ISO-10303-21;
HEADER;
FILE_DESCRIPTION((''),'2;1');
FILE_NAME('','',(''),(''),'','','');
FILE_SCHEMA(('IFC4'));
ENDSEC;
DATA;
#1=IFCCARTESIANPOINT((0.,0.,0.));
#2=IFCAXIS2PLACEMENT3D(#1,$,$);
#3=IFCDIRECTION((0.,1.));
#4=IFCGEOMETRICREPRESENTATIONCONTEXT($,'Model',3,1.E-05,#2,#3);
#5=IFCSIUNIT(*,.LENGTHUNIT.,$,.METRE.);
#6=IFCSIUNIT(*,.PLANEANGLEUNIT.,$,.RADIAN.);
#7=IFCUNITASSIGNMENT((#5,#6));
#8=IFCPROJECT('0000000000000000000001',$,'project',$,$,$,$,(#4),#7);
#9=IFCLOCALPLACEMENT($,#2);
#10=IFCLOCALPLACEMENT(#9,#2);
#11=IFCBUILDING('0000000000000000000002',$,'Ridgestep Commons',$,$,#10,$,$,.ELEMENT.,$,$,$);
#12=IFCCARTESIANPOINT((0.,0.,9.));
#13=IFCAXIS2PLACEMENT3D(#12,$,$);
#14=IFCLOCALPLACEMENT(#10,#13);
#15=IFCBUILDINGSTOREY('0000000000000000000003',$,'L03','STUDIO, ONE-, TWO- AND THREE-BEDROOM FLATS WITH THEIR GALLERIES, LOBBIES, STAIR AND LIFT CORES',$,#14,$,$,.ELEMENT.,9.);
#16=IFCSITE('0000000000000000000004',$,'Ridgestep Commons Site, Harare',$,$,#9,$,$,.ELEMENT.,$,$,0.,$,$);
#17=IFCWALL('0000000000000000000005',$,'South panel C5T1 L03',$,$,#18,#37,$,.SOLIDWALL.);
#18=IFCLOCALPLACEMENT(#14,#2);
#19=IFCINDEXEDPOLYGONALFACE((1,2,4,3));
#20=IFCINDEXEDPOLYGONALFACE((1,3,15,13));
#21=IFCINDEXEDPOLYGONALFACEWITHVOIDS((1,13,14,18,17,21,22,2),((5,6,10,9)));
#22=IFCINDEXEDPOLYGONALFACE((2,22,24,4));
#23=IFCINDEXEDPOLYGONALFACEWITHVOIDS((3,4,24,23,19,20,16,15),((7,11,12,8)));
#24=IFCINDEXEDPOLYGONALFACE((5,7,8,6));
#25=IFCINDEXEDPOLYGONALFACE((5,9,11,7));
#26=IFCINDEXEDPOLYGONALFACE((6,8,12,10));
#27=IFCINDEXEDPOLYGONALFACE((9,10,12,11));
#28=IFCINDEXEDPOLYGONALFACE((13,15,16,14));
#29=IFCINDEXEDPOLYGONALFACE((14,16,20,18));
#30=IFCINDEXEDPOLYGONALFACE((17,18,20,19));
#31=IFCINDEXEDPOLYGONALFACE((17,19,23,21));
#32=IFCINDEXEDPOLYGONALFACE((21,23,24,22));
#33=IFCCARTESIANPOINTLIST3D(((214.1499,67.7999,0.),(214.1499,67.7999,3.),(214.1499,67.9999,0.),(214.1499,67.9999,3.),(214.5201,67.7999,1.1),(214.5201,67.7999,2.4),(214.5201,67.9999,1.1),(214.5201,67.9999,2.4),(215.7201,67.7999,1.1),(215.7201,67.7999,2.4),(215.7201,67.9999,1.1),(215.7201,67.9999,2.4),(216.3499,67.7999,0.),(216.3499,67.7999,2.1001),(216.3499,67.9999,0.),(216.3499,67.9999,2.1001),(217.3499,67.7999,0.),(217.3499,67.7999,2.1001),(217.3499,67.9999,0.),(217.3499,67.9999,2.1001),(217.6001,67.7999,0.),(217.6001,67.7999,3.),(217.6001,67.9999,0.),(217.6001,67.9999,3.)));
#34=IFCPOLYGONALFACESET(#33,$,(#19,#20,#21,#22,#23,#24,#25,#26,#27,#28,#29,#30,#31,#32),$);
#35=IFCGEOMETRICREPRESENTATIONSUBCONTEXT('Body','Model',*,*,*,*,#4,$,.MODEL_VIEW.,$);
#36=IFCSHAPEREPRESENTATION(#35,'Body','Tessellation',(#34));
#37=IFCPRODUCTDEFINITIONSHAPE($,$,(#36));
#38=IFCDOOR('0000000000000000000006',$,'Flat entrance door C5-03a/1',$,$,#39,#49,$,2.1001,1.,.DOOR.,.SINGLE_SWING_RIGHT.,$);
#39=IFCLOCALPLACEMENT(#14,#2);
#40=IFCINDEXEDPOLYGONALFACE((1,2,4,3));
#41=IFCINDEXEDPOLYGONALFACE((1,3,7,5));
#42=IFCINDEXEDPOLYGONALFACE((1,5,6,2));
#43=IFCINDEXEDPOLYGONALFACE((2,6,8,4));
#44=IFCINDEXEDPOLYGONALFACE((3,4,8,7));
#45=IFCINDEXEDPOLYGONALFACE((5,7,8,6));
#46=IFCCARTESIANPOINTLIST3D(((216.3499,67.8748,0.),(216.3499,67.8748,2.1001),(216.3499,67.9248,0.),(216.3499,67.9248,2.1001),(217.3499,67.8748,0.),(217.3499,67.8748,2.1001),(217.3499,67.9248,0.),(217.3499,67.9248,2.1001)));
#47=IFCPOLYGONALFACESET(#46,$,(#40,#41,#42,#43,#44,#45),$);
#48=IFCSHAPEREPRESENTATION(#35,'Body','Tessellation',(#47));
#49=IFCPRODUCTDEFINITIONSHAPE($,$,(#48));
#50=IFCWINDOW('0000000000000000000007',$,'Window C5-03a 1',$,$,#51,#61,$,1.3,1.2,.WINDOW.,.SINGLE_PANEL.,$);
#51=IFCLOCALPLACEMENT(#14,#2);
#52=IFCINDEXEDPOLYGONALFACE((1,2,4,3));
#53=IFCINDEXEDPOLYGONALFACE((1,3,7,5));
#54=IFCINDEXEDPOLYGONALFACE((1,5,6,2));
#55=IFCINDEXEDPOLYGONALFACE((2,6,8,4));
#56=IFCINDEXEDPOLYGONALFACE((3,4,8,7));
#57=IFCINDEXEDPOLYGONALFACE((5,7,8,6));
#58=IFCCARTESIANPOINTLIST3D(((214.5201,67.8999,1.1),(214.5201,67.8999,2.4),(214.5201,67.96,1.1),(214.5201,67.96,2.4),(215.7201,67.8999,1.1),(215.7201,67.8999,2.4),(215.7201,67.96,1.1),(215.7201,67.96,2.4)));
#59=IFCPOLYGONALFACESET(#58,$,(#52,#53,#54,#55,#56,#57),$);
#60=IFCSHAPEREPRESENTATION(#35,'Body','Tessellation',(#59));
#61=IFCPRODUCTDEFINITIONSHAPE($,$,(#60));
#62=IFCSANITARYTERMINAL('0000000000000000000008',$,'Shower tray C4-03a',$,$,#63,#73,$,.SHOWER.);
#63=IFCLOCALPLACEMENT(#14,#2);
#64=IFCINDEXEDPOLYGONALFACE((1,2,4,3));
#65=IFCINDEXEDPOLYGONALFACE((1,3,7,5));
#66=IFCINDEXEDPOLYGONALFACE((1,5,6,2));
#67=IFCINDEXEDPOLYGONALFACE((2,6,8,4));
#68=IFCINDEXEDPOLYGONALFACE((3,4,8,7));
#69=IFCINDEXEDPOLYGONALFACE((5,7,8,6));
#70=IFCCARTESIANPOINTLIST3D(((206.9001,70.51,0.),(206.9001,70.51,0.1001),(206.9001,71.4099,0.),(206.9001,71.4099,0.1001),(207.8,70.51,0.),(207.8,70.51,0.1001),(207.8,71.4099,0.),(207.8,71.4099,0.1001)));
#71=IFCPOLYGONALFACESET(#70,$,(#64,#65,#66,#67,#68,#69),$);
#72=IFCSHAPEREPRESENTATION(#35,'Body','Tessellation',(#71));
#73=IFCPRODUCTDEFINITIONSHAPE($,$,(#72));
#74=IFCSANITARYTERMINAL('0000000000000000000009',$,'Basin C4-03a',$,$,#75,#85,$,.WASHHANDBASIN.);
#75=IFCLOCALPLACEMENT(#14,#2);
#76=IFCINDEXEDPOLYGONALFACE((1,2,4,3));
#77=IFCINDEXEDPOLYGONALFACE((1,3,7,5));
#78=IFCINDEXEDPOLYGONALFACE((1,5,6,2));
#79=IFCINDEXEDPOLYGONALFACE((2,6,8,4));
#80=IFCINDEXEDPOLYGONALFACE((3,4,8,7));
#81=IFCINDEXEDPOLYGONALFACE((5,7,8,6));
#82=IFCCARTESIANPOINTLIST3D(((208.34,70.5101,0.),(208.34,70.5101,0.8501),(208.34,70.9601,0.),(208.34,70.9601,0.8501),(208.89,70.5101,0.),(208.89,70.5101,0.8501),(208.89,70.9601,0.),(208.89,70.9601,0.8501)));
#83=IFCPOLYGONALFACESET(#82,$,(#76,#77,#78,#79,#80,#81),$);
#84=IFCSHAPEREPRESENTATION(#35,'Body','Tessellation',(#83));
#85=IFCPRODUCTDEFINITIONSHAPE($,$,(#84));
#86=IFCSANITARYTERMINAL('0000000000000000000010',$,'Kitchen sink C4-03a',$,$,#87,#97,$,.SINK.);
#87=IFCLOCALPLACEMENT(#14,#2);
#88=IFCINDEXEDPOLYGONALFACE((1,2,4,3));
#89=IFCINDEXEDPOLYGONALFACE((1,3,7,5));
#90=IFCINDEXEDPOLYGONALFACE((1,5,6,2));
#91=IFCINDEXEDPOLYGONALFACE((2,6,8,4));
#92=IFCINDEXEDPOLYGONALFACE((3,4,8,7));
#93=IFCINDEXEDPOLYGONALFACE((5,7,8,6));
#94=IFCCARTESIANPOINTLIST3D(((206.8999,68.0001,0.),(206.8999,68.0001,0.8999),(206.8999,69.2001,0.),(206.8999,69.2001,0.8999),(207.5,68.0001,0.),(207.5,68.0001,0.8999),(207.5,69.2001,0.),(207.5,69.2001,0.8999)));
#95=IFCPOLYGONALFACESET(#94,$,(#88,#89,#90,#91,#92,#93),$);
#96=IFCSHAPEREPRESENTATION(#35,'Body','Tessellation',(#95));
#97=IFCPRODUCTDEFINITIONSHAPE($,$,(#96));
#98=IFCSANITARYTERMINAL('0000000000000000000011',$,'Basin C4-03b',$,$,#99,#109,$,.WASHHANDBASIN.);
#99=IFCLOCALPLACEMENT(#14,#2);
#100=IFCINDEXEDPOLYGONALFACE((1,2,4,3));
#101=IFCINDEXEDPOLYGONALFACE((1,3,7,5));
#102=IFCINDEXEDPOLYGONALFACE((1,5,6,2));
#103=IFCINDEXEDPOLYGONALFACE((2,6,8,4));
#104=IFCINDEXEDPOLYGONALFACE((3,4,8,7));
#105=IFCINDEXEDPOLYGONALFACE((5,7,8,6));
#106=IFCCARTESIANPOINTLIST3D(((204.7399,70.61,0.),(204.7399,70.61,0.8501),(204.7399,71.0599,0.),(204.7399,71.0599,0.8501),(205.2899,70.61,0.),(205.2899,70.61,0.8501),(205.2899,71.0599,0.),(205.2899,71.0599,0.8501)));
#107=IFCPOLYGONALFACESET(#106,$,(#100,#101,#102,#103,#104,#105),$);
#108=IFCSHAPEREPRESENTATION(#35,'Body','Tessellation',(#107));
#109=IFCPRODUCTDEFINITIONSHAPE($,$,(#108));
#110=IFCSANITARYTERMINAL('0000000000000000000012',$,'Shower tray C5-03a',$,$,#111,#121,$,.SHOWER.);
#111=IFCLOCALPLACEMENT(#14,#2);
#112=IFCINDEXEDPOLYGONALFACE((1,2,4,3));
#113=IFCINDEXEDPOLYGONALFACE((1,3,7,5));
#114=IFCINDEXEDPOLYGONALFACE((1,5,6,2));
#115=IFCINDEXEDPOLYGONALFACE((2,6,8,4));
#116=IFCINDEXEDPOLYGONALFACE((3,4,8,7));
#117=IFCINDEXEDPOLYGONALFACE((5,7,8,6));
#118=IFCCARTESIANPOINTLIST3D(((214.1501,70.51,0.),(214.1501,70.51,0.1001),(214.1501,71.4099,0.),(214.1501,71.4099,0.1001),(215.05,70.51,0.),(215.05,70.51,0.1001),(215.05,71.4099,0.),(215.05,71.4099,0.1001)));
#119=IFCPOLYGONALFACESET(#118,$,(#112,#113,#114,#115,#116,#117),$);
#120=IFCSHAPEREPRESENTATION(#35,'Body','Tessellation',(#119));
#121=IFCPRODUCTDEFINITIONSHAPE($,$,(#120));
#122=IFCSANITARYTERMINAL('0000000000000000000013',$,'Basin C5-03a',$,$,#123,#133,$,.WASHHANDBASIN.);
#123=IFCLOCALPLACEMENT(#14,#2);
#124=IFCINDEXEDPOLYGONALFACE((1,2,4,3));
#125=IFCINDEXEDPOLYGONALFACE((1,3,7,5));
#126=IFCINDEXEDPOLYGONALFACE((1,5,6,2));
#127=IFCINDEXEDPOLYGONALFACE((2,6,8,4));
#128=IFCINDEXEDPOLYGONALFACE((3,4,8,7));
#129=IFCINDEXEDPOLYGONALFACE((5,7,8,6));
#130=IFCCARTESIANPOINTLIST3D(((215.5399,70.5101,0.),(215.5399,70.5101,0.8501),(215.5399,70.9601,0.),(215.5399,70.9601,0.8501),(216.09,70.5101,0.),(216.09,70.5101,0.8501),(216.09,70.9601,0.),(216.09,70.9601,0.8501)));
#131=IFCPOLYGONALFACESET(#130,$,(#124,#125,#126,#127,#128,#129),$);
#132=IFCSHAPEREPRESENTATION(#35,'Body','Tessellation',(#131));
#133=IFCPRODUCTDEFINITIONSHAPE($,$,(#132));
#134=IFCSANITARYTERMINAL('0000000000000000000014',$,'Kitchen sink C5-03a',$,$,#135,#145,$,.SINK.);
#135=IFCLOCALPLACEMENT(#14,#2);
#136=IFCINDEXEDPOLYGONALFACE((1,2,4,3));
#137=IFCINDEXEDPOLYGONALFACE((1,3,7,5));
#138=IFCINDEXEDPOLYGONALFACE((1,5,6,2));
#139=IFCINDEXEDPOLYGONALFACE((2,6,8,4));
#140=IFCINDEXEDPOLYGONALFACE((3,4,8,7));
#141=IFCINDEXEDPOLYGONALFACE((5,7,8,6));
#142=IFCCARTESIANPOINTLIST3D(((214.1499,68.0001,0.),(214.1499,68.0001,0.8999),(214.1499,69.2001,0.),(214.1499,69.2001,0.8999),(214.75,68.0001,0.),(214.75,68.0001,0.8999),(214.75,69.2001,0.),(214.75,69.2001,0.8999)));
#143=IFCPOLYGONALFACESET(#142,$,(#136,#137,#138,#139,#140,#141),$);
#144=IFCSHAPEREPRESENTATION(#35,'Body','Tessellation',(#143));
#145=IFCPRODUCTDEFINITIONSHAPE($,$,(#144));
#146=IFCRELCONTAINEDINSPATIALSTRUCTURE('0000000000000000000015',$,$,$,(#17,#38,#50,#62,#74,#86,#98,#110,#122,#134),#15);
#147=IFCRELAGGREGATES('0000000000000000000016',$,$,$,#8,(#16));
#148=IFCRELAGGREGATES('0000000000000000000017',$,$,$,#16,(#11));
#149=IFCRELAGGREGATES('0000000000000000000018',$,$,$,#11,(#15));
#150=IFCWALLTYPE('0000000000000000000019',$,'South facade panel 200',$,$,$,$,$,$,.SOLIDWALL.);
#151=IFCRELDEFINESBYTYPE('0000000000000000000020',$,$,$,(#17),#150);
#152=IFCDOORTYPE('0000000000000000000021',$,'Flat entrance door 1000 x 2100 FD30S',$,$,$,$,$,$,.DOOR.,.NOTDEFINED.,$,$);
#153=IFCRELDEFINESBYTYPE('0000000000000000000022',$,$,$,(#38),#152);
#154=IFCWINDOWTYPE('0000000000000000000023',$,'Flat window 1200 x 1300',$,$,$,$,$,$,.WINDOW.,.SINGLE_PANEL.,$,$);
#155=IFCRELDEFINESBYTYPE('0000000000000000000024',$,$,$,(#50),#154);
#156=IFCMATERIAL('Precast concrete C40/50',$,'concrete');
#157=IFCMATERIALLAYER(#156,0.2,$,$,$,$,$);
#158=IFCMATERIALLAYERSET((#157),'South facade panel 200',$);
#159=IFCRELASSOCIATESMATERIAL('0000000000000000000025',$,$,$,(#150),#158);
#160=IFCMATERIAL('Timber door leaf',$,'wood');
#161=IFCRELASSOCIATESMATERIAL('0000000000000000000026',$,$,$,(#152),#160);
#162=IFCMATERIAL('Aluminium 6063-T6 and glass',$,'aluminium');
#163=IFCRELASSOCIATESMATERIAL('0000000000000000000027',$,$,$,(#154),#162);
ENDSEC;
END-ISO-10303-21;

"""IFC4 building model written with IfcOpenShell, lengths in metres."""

from ifc_helpers import new_model, si_unit, direction, frame, frame_2d, origin, origin_2d, place, context, subcontext, project, spatial, rectangle, extrude, material, layer, layer_set, type_object, element, fill, save


model = new_model("IFC4")

# Units and contexts
model_context = context("Model", 3, precision=1e-05, world=origin(), true_north=direction((0.0, 1.0)))
body_context = subcontext(model_context, "Body", "Model", "MODEL_VIEW")
ifc_project = project(units=[si_unit("LENGTHUNIT", "METRE"), si_unit("PLANEANGLEUNIT", "RADIAN")], contexts=[model_context])

# Site, building, storey
site_placement = place(None, origin())
site = spatial("IfcSite", under=ifc_project, at=site_placement, Name="Ridgestep Commons Site, Harare", CompositionType="ELEMENT", RefElevation=0.0)
building_placement = place(site_placement, origin())
building = spatial("IfcBuilding", under=site, at=building_placement, Name="Ridgestep Commons", CompositionType="ELEMENT")
storey_placement = place(building_placement, frame((0.0, 0.0, 9.0)))
storey = spatial("IfcBuildingStorey", under=building, at=storey_placement, Name="L03", Description="STUDIO, ONE-, TWO- AND THREE-BEDROOM FLATS WITH THEIR GALLERIES, LOBBIES, STAIR AND LIFT CORES", CompositionType="ELEMENT", Elevation=9.0)

# Shared definitions
ifc_material_1 = material(Name="Precast concrete C40/50", Category="concrete")
ifc_layer_1 = layer(ifc_material_1, 0.2)
ifc_layer_set_1 = layer_set([ifc_layer_1], Name="South facade panel 200")
wall_type_1 = type_object("IfcWallType", Name="South facade panel 200", PredefinedType="SOLIDWALL", material=ifc_layer_set_1)
ifc_material_2 = material(Name="Timber door leaf", Category="wood")
door_type_1 = type_object("IfcDoorType", Name="Flat entrance door 1000 x 2100 FD30S", OperationType="NOTDEFINED", PredefinedType="DOOR", material=ifc_material_2)
ifc_material_3 = material(Name="Aluminium 6063-T6 and glass", Category="aluminium")
window_type_1 = type_object("IfcWindowType", Name="Flat window 1200 x 1300", PartitioningType="SINGLE_PANEL", PredefinedType="WINDOW", material=ifc_material_3)

# Wall, openings, door, window
wall_1_placement = place(storey_placement, frame((214.1499, 67.8999, 0.0), z_axis=(0.0, 0.0, 1.0), x_axis=(1.0, 0.0, 0.0)))
wall_1 = element("IfcWall", 1, at=wall_1_placement, inside=storey, type_object=wall_type_1, Name="South panel C5T1 L03", PredefinedType="SOLIDWALL", context=body_context, shape_type="SweptSolid", body=[
    extrude(rectangle(XDim=3.4502, YDim=0.2, at=frame_2d((1.7251, 0.0))), origin(), (0.0, 0.0, 1.0), 3.0),
])
opening_1_placement = place(wall_1_placement, frame((0.3701, 0.0, 1.1001)))
opening_1 = element("IfcOpeningElement", 2, at=opening_1_placement, cuts=wall_1, PredefinedType="OPENING", context=body_context, shape_type="SweptSolid", body=[
    extrude(rectangle(XDim=1.2, YDim=1.3, at=frame_2d((0.6001, 0.6499))), frame((0.0, 0.1099, 0.0), z_axis=(0.0, -1.0, 0.0), x_axis=(1.0, 0.0, 0.0)), (0.0, 0.0, 1.0), 0.22),
])
opening_2_placement = place(wall_1_placement, frame((2.2, 0.0, 0.0)))
opening_2 = element("IfcOpeningElement", 3, at=opening_2_placement, cuts=wall_1, PredefinedType="OPENING", context=body_context, shape_type="SweptSolid", body=[
    extrude(rectangle(XDim=1.0, YDim=2.1001, at=frame_2d((0.5, 1.05))), frame((0.0, 0.1099, 0.0), z_axis=(0.0, -1.0, 0.0), x_axis=(1.0, 0.0, 0.0)), (0.0, 0.0, 1.0), 0.22),
])
door_1_placement = place(opening_2_placement, origin())
door_1 = element("IfcDoor", 4, at=door_1_placement, inside=storey, type_object=door_type_1, Name="Flat entrance door C5-03a/1", OperationType="SINGLE_SWING_RIGHT", OverallHeight=2.1001, OverallWidth=1.0, PredefinedType="DOOR", context=body_context, shape_type="SweptSolid", body=[
    extrude(rectangle(XDim=1.0, YDim=2.1001, at=frame_2d((0.5, 1.05))), frame((0.0, 0.0249, 0.0), z_axis=(0.0, -1.0, 0.0), x_axis=(1.0, 0.0, 0.0)), (0.0, 0.0, 1.0), 0.05),
])
fill(opening_2, door_1)
window_1_placement = place(opening_1_placement, origin())
window_1 = element("IfcWindow", 5, at=window_1_placement, inside=storey, type_object=window_type_1, Name="Window C5-03a 1", OverallHeight=1.3, OverallWidth=1.2, PartitioningType="SINGLE_PANEL", PredefinedType="WINDOW", context=body_context, shape_type="SweptSolid", body=[
    extrude(rectangle(XDim=1.2, YDim=1.3, at=frame_2d((0.6001, 0.6499))), frame((0.0, 0.0601, 0.0), z_axis=(0.0, -1.0, 0.0), x_axis=(1.0, 0.0, 0.0)), (0.0, 0.0, 1.0), 0.0601),
])
fill(opening_1, window_1)

# Sanitary terminals
sanitary_terminal_1_placement = place(storey_placement, frame((207.3501, 70.96, 0.0), z_axis=(0.0, 0.0, 1.0), x_axis=(1.0, 0.0, 0.0)))
element("IfcSanitaryTerminal", 6, at=sanitary_terminal_1_placement, inside=storey, Name="Shower tray C4-03a", PredefinedType="SHOWER", context=body_context, shape_type="SweptSolid", body=[
    extrude(rectangle(XDim=0.8999, YDim=0.8999, at=origin_2d()), origin(), (0.0, 0.0, 1.0), 0.1001),
])
sanitary_terminal_2_placement = place(storey_placement, frame((208.615, 70.7351, 0.0), z_axis=(0.0, 0.0, 1.0), x_axis=(1.0, 0.0, 0.0)))
element("IfcSanitaryTerminal", 7, at=sanitary_terminal_2_placement, inside=storey, Name="Basin C4-03a", PredefinedType="WASHHANDBASIN", context=body_context, shape_type="SweptSolid", body=[
    extrude(rectangle(XDim=0.55, YDim=0.45, at=origin_2d()), origin(), (0.0, 0.0, 1.0), 0.8501),
])
sanitary_terminal_3_placement = place(storey_placement, frame((207.2, 68.6001, 0.0), z_axis=(0.0, 0.0, 1.0), x_axis=(1.0, 0.0, 0.0)))
element("IfcSanitaryTerminal", 8, at=sanitary_terminal_3_placement, inside=storey, Name="Kitchen sink C4-03a", PredefinedType="SINK", context=body_context, shape_type="SweptSolid", body=[
    extrude(rectangle(XDim=0.6001, YDim=1.2, at=origin_2d()), origin(), (0.0, 0.0, 1.0), 0.8999),
])
sanitary_terminal_4_placement = place(storey_placement, frame((205.0149, 70.835, 0.0), z_axis=(0.0, 0.0, 1.0), x_axis=(1.0, 0.0, 0.0)))
element("IfcSanitaryTerminal", 9, at=sanitary_terminal_4_placement, inside=storey, Name="Basin C4-03b", PredefinedType="WASHHANDBASIN", context=body_context, shape_type="SweptSolid", body=[
    extrude(rectangle(XDim=0.55, YDim=0.45, at=origin_2d()), origin(), (0.0, 0.0, 1.0), 0.8501),
])
sanitary_terminal_5_placement = place(storey_placement, frame((214.6001, 70.96, 0.0), z_axis=(0.0, 0.0, 1.0), x_axis=(1.0, 0.0, 0.0)))
element("IfcSanitaryTerminal", 10, at=sanitary_terminal_5_placement, inside=storey, Name="Shower tray C5-03a", PredefinedType="SHOWER", context=body_context, shape_type="SweptSolid", body=[
    extrude(rectangle(XDim=0.8999, YDim=0.8999, at=origin_2d()), origin(), (0.0, 0.0, 1.0), 0.1001),
])
sanitary_terminal_6_placement = place(storey_placement, frame((215.8149, 70.7351, 0.0), z_axis=(0.0, 0.0, 1.0), x_axis=(1.0, 0.0, 0.0)))
element("IfcSanitaryTerminal", 11, at=sanitary_terminal_6_placement, inside=storey, Name="Basin C5-03a", PredefinedType="WASHHANDBASIN", context=body_context, shape_type="SweptSolid", body=[
    extrude(rectangle(XDim=0.55, YDim=0.45, at=origin_2d()), origin(), (0.0, 0.0, 1.0), 0.8501),
])
sanitary_terminal_7_placement = place(storey_placement, frame((214.45, 68.6001, 0.0), z_axis=(0.0, 0.0, 1.0), x_axis=(1.0, 0.0, 0.0)))
element("IfcSanitaryTerminal", 12, at=sanitary_terminal_7_placement, inside=storey, Name="Kitchen sink C5-03a", PredefinedType="SINK", context=body_context, shape_type="SweptSolid", body=[
    extrude(rectangle(XDim=0.6001, YDim=1.2, at=origin_2d()), origin(), (0.0, 0.0, 1.0), 0.8999),
])

save(model, "model.ifc")
